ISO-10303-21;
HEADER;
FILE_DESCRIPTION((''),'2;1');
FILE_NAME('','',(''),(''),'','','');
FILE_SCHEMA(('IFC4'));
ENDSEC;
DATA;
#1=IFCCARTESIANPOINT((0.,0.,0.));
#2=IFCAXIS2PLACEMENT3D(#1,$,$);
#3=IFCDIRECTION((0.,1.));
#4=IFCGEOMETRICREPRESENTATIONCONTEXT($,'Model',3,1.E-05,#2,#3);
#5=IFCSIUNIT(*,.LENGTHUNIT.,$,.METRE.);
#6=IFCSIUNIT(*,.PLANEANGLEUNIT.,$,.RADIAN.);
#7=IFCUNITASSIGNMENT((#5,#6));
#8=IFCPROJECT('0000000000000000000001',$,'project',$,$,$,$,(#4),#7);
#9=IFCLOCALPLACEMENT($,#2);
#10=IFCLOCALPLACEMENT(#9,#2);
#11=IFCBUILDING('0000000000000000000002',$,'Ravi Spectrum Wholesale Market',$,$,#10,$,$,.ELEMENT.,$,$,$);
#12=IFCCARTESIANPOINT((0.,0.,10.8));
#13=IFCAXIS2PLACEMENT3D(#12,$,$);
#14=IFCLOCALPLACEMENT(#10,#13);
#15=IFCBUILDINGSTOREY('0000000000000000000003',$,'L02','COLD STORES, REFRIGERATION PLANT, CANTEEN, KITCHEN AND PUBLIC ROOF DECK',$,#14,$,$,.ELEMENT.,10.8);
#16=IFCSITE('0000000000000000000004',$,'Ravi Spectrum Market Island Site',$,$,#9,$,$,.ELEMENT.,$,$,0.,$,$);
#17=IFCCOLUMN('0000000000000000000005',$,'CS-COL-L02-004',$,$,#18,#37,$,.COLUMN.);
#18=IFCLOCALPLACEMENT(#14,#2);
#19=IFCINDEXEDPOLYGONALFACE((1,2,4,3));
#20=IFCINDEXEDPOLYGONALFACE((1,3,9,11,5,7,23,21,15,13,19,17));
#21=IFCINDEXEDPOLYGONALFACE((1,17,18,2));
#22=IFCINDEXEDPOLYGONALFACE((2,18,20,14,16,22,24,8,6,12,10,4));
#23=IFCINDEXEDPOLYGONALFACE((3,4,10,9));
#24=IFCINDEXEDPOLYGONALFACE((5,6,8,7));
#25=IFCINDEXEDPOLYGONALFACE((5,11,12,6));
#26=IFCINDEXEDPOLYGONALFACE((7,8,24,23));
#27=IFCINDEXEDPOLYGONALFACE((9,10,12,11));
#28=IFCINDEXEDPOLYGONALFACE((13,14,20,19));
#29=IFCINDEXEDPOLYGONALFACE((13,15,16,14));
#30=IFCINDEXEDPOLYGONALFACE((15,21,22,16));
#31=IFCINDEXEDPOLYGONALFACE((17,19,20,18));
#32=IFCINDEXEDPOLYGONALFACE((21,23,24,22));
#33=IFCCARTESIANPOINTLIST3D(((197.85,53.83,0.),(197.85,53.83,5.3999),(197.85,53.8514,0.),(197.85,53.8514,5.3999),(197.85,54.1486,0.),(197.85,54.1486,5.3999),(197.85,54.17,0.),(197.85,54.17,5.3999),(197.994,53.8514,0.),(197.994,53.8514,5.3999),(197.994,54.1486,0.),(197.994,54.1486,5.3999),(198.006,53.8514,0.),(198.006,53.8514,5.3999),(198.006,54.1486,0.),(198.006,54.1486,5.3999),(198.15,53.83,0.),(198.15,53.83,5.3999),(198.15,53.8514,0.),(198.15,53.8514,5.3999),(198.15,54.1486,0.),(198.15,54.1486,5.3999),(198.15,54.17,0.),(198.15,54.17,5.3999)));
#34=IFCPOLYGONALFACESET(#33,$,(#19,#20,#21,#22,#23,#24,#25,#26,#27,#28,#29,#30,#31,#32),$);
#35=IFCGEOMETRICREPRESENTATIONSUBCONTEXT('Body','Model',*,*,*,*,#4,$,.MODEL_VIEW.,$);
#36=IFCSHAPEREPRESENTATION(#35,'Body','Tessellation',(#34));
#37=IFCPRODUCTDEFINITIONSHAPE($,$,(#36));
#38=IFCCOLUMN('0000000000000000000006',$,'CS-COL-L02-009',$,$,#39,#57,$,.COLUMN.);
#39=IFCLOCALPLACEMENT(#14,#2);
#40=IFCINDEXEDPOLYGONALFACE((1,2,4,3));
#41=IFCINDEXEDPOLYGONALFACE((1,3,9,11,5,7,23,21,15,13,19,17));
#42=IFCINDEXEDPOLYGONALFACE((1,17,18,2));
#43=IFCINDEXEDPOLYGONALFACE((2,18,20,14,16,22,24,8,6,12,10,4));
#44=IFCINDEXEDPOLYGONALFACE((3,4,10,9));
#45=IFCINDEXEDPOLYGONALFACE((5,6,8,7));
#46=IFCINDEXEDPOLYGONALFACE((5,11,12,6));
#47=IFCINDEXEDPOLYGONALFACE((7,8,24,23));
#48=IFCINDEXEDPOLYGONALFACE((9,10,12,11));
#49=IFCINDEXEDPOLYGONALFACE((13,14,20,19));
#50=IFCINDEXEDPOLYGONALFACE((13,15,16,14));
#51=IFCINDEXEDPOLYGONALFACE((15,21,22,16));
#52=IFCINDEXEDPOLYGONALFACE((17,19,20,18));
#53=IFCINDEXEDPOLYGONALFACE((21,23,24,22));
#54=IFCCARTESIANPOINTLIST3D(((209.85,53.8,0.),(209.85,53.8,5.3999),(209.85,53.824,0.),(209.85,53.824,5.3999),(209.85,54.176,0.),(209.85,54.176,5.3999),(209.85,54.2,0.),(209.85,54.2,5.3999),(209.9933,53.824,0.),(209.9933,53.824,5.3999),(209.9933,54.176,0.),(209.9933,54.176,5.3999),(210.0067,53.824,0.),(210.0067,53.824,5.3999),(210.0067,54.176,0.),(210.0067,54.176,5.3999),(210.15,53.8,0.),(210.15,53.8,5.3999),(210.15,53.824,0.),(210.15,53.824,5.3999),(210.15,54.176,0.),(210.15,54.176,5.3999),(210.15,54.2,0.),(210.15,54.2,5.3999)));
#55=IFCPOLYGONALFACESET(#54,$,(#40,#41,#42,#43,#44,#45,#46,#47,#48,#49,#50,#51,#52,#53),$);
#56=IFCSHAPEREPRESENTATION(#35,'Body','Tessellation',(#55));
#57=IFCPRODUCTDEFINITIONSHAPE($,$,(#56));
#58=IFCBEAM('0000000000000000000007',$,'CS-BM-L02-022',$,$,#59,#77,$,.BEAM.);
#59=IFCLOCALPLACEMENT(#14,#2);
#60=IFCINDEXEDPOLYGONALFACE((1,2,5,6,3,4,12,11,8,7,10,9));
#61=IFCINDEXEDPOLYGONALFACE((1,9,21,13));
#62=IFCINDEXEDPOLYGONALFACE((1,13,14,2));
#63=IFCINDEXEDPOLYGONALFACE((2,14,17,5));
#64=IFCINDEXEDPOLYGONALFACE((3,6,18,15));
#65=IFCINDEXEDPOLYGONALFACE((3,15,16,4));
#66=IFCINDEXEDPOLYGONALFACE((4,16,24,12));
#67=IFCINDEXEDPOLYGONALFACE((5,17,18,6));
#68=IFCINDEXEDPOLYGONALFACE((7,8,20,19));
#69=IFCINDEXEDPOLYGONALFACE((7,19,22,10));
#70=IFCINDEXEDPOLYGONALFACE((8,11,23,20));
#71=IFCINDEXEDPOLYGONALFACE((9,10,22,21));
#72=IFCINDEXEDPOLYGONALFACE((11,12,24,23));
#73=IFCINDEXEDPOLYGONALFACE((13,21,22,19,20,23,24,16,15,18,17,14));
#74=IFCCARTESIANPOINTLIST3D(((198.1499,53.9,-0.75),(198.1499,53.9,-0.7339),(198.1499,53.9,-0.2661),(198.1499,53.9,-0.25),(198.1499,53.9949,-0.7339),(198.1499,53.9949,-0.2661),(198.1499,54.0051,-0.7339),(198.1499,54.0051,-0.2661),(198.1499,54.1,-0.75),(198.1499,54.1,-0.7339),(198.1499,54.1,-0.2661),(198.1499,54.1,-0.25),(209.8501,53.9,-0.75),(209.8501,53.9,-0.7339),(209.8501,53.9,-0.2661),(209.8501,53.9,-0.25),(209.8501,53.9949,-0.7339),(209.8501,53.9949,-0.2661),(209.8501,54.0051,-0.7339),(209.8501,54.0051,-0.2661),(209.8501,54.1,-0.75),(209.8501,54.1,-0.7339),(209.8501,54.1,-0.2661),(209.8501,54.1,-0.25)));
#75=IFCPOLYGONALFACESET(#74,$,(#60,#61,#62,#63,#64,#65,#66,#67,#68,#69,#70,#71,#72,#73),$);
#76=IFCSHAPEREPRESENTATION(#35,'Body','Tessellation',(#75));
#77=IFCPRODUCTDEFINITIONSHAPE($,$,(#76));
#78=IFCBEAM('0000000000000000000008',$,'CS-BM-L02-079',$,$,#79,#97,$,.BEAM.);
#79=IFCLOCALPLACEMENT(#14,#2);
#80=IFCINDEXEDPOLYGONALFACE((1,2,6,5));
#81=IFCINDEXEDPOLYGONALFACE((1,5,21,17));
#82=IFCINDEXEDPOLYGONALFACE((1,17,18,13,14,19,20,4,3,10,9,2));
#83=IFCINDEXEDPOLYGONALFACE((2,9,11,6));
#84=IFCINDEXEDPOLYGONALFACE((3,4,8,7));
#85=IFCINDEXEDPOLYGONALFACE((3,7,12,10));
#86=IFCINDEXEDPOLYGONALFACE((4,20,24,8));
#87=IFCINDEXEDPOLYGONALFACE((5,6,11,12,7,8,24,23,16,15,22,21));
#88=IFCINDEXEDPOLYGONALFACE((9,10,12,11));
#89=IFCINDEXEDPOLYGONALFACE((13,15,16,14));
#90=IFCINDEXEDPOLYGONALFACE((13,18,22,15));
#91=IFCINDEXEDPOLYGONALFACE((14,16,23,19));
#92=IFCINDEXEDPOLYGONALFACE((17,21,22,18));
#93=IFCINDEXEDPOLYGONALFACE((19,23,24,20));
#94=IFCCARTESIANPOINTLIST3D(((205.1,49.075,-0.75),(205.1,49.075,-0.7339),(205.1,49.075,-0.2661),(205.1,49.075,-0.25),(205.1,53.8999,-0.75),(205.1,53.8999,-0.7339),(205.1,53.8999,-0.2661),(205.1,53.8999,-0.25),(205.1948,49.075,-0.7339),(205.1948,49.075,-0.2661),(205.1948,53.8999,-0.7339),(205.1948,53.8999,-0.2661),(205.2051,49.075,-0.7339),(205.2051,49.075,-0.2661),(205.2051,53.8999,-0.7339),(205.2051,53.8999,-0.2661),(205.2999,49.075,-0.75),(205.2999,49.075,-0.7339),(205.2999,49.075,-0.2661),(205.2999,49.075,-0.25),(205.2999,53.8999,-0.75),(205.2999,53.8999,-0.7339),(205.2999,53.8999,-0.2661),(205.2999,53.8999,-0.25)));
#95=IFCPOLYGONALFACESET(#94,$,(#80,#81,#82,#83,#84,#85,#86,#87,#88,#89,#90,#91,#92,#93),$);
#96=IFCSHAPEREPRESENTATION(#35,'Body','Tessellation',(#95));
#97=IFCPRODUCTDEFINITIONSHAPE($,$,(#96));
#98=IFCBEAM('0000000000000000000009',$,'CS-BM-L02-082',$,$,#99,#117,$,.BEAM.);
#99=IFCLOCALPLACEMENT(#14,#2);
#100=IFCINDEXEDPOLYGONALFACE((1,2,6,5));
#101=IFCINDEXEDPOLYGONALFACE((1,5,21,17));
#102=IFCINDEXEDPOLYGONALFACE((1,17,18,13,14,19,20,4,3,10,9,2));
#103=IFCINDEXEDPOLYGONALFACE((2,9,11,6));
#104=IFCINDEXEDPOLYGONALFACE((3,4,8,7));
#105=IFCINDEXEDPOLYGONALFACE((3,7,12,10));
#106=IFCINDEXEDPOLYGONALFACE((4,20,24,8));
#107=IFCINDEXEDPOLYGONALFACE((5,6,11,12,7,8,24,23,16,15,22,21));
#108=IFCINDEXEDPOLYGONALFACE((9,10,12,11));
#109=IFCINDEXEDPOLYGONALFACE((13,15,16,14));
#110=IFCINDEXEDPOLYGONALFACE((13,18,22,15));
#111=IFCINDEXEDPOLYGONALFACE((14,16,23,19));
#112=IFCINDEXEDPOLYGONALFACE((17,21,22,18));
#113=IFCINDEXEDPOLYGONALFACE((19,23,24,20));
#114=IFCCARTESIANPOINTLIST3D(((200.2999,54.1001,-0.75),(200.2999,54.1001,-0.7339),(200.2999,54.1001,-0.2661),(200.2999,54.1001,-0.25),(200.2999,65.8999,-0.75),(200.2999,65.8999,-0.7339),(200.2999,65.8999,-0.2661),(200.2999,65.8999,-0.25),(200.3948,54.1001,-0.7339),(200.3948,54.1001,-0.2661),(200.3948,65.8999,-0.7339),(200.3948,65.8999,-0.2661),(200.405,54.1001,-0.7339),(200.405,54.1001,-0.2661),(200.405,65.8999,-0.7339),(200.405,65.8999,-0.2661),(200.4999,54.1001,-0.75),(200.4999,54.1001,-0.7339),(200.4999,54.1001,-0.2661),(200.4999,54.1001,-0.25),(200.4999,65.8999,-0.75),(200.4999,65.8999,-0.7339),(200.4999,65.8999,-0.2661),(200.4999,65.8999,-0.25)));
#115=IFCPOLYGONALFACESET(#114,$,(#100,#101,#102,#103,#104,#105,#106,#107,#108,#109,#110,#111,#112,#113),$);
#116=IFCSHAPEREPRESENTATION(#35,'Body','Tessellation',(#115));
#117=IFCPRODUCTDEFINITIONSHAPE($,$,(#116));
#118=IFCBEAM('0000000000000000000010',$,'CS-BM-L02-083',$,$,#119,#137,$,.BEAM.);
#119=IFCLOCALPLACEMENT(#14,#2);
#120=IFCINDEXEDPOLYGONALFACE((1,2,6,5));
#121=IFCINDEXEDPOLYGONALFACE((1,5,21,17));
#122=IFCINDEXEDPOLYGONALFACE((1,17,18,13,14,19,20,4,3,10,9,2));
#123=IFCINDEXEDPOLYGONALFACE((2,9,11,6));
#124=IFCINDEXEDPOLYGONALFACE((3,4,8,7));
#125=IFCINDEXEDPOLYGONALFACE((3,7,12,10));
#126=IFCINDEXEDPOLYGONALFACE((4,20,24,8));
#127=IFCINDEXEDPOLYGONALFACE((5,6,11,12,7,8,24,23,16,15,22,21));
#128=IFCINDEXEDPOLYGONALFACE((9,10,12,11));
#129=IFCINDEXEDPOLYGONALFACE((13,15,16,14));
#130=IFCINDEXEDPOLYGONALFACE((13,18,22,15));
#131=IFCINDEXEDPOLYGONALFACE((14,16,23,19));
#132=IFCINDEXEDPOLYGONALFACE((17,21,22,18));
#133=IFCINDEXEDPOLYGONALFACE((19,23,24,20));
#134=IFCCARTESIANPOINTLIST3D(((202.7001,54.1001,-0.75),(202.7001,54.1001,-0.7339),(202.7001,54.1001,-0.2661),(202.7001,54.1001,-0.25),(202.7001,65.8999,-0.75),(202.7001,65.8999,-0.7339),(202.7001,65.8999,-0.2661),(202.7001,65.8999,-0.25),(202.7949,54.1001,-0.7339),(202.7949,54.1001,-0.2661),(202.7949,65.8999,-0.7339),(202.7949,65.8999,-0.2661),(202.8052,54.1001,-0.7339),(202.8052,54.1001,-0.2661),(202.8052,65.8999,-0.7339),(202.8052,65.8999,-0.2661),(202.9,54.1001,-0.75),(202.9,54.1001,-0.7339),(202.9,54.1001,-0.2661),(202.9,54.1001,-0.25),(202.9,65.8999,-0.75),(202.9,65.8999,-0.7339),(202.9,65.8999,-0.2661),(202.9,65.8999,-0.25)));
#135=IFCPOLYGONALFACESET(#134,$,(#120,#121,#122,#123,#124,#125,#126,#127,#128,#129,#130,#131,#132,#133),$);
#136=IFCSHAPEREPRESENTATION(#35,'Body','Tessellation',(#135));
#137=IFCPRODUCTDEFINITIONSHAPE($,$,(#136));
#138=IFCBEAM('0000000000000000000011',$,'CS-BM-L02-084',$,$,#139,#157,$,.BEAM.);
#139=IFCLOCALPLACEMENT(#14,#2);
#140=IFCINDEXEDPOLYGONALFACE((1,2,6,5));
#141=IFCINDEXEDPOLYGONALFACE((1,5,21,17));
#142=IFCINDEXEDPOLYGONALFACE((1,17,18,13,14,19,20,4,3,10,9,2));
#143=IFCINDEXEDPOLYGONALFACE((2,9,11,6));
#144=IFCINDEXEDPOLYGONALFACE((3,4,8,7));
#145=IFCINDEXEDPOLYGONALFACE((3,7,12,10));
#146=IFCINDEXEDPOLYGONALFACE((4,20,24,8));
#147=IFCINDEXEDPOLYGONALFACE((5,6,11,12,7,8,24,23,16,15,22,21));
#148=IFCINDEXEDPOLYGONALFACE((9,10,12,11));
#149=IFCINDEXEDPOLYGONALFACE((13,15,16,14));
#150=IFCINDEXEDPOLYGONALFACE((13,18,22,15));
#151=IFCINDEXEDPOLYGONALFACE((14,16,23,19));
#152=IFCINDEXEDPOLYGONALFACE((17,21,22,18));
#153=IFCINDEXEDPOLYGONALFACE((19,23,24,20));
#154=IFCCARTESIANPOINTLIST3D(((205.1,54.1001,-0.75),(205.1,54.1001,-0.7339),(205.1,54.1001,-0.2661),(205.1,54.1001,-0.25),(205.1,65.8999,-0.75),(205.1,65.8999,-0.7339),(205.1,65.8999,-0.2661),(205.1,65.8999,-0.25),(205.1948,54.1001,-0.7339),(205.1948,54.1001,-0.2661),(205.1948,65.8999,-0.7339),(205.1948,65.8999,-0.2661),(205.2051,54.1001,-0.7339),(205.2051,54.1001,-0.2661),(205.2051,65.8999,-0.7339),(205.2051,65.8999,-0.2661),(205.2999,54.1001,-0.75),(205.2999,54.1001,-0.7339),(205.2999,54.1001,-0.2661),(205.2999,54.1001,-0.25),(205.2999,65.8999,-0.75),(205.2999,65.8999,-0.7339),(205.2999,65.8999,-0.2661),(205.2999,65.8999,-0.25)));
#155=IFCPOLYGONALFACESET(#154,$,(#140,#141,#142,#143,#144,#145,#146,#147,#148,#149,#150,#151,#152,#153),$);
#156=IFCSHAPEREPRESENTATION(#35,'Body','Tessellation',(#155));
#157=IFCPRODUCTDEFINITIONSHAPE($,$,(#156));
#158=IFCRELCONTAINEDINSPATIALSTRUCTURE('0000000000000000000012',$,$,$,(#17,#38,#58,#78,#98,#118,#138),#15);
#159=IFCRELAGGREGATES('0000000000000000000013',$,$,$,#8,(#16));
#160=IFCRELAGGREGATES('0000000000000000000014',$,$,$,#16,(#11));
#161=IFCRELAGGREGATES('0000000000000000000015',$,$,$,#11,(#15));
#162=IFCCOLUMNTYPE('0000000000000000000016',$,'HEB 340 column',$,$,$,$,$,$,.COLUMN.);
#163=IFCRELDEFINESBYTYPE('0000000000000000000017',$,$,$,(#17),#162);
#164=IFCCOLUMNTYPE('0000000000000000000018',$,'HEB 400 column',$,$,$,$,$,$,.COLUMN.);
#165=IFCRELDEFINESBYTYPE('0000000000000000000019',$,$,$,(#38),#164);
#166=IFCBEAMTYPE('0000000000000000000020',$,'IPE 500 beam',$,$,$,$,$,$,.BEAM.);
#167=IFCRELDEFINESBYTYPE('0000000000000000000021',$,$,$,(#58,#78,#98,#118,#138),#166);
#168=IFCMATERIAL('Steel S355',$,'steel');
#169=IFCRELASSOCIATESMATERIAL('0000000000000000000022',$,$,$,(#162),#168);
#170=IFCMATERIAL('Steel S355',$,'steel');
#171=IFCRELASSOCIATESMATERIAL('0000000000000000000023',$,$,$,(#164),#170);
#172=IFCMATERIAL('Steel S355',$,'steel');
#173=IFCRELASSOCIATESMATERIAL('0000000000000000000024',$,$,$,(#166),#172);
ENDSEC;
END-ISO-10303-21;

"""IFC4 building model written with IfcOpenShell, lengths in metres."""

from ifc_helpers import new_model, si_unit, direction, frame, origin, origin_2d, place, context, subcontext, project, spatial, i_section, extrude, material, material_profile, profile_set, type_object, element, save


model = new_model("IFC4")

# Units and contexts
model_context = context("Model", 3, precision=1e-05, world=origin(), true_north=direction((0.0, 1.0)))
body_context = subcontext(model_context, "Body", "Model", "MODEL_VIEW")
ifc_project = project(units=[si_unit("LENGTHUNIT", "METRE"), si_unit("PLANEANGLEUNIT", "RADIAN")], contexts=[model_context])

# Site, building, storey
site_placement = place(None, origin())
site = spatial("IfcSite", under=ifc_project, at=site_placement, Name="Ravi Spectrum Market Island Site", CompositionType="ELEMENT", RefElevation=0.0)
building_placement = place(site_placement, origin())
building = spatial("IfcBuilding", under=site, at=building_placement, Name="Ravi Spectrum Wholesale Market", CompositionType="ELEMENT")
storey_placement = place(building_placement, frame((0.0, 0.0, 10.8)))
storey = spatial("IfcBuildingStorey", under=building, at=storey_placement, Name="L02", Description="COLD STORES, REFRIGERATION PLANT, CANTEEN, KITCHEN AND PUBLIC ROOF DECK", CompositionType="ELEMENT", Elevation=10.8)

# Columns
ifc_material_1 = material(Name="Steel S355", Category="steel")
ifc_material_profile_1 = material_profile(ifc_material_1, i_section(OverallWidth=0.3, OverallDepth=0.3401, WebThickness=0.012, FlangeThickness=0.0215, at=origin_2d()))
ifc_profile_set_1 = profile_set([ifc_material_profile_1], Name="Steel S355")
column_type_1 = type_object("IfcColumnType", Name="HEB 340 column", PredefinedType="COLUMN", material=ifc_profile_set_1)
column_1_placement = place(storey_placement, frame((198.0, 54.0, 0.0), z_axis=(0.0, 0.0, 1.0), x_axis=(1.0, 0.0, 0.0)))
element("IfcColumn", 1, at=column_1_placement, inside=storey, type_object=column_type_1, Name="CS-COL-L02-004", PredefinedType="COLUMN", context=body_context, shape_type="SweptSolid", body=[
    extrude(i_section(OverallWidth=0.3, OverallDepth=0.3401, WebThickness=0.012, FlangeThickness=0.0215, at=origin_2d()), origin(), (0.0, 0.0, 1.0), 5.3999),
])
ifc_material_2 = material(Name="Steel S355", Category="steel")
ifc_material_profile_2 = material_profile(ifc_material_2, i_section(OverallWidth=0.3, OverallDepth=0.3999, WebThickness=0.0134, FlangeThickness=0.0239, at=origin_2d()))
ifc_profile_set_2 = profile_set([ifc_material_profile_2], Name="Steel S355")
column_type_2 = type_object("IfcColumnType", Name="HEB 400 column", PredefinedType="COLUMN", material=ifc_profile_set_2)
column_2_placement = place(storey_placement, frame((210.0, 54.0, 0.0), z_axis=(0.0, 0.0, 1.0), x_axis=(1.0, 0.0, 0.0)))
element("IfcColumn", 2, at=column_2_placement, inside=storey, type_object=column_type_2, Name="CS-COL-L02-009", PredefinedType="COLUMN", context=body_context, shape_type="SweptSolid", body=[
    extrude(i_section(OverallWidth=0.3, OverallDepth=0.3999, WebThickness=0.0134, FlangeThickness=0.0239, at=origin_2d()), origin(), (0.0, 0.0, 1.0), 5.3999),
])

# Beams
ifc_material_3 = material(Name="Steel S355", Category="steel")
ifc_material_profile_3 = material_profile(ifc_material_3, i_section(OverallWidth=0.2, OverallDepth=0.5, WebThickness=0.0103, FlangeThickness=0.0161, at=origin_2d()))
ifc_profile_set_3 = profile_set([ifc_material_profile_3], Name="Steel S355")
beam_type = type_object("IfcBeamType", Name="IPE 500 beam", PredefinedType="BEAM", material=ifc_profile_set_3)
beam_1_placement = place(storey_placement, frame((198.1499, 54.0, -0.5), z_axis=(1.0, 0.0, 0.0), x_axis=(0.0, 1.0, 0.0)))
element("IfcBeam", 3, at=beam_1_placement, inside=storey, type_object=beam_type, Name="CS-BM-L02-022", PredefinedType="BEAM", context=body_context, shape_type="SweptSolid", body=[
    extrude(i_section(OverallWidth=0.2, OverallDepth=0.5, WebThickness=0.0103, FlangeThickness=0.0161, at=origin_2d()), origin(), (0.0, 0.0, 1.0), 11.7002),
])
beam_2_placement = place(storey_placement, frame((205.2, 49.075, -0.5), z_axis=(0.0, 1.0, 0.0), x_axis=(-1.0, 0.0, 0.0)))
element("IfcBeam", 4, at=beam_2_placement, inside=storey, type_object=beam_type, Name="CS-BM-L02-079", PredefinedType="BEAM", context=body_context, shape_type="SweptSolid", body=[
    extrude(i_section(OverallWidth=0.2, OverallDepth=0.5, WebThickness=0.0103, FlangeThickness=0.0161, at=origin_2d()), origin(), (0.0, 0.0, 1.0), 4.825),
])
for number, where, z_axis, x_axis, name in (
    (5, (200.3999, 54.1001, -0.5), (0.0, 1.0, 0.0), (-1.0, 0.0, 0.0), "CS-BM-L02-082"),
    (6, (202.8, 54.1001, -0.5), (0.0, 1.0, 0.0), (-1.0, 0.0, 0.0), "CS-BM-L02-083"),
    (7, (205.2, 54.1001, -0.5), (0.0, 1.0, 0.0), (-1.0, 0.0, 0.0), "CS-BM-L02-084"),
):
    element("IfcBeam", number, at=place(storey_placement, frame(where, z_axis=z_axis, x_axis=x_axis)), inside=storey, type_object=beam_type, Name=name, PredefinedType="BEAM", context=body_context, shape_type="SweptSolid", body=[
        extrude(i_section(OverallWidth=0.2, OverallDepth=0.5, WebThickness=0.0103, FlangeThickness=0.0161, at=origin_2d()), origin(), (0.0, 0.0, 1.0), 11.7998),
    ])

save(model, "model.ifc")
